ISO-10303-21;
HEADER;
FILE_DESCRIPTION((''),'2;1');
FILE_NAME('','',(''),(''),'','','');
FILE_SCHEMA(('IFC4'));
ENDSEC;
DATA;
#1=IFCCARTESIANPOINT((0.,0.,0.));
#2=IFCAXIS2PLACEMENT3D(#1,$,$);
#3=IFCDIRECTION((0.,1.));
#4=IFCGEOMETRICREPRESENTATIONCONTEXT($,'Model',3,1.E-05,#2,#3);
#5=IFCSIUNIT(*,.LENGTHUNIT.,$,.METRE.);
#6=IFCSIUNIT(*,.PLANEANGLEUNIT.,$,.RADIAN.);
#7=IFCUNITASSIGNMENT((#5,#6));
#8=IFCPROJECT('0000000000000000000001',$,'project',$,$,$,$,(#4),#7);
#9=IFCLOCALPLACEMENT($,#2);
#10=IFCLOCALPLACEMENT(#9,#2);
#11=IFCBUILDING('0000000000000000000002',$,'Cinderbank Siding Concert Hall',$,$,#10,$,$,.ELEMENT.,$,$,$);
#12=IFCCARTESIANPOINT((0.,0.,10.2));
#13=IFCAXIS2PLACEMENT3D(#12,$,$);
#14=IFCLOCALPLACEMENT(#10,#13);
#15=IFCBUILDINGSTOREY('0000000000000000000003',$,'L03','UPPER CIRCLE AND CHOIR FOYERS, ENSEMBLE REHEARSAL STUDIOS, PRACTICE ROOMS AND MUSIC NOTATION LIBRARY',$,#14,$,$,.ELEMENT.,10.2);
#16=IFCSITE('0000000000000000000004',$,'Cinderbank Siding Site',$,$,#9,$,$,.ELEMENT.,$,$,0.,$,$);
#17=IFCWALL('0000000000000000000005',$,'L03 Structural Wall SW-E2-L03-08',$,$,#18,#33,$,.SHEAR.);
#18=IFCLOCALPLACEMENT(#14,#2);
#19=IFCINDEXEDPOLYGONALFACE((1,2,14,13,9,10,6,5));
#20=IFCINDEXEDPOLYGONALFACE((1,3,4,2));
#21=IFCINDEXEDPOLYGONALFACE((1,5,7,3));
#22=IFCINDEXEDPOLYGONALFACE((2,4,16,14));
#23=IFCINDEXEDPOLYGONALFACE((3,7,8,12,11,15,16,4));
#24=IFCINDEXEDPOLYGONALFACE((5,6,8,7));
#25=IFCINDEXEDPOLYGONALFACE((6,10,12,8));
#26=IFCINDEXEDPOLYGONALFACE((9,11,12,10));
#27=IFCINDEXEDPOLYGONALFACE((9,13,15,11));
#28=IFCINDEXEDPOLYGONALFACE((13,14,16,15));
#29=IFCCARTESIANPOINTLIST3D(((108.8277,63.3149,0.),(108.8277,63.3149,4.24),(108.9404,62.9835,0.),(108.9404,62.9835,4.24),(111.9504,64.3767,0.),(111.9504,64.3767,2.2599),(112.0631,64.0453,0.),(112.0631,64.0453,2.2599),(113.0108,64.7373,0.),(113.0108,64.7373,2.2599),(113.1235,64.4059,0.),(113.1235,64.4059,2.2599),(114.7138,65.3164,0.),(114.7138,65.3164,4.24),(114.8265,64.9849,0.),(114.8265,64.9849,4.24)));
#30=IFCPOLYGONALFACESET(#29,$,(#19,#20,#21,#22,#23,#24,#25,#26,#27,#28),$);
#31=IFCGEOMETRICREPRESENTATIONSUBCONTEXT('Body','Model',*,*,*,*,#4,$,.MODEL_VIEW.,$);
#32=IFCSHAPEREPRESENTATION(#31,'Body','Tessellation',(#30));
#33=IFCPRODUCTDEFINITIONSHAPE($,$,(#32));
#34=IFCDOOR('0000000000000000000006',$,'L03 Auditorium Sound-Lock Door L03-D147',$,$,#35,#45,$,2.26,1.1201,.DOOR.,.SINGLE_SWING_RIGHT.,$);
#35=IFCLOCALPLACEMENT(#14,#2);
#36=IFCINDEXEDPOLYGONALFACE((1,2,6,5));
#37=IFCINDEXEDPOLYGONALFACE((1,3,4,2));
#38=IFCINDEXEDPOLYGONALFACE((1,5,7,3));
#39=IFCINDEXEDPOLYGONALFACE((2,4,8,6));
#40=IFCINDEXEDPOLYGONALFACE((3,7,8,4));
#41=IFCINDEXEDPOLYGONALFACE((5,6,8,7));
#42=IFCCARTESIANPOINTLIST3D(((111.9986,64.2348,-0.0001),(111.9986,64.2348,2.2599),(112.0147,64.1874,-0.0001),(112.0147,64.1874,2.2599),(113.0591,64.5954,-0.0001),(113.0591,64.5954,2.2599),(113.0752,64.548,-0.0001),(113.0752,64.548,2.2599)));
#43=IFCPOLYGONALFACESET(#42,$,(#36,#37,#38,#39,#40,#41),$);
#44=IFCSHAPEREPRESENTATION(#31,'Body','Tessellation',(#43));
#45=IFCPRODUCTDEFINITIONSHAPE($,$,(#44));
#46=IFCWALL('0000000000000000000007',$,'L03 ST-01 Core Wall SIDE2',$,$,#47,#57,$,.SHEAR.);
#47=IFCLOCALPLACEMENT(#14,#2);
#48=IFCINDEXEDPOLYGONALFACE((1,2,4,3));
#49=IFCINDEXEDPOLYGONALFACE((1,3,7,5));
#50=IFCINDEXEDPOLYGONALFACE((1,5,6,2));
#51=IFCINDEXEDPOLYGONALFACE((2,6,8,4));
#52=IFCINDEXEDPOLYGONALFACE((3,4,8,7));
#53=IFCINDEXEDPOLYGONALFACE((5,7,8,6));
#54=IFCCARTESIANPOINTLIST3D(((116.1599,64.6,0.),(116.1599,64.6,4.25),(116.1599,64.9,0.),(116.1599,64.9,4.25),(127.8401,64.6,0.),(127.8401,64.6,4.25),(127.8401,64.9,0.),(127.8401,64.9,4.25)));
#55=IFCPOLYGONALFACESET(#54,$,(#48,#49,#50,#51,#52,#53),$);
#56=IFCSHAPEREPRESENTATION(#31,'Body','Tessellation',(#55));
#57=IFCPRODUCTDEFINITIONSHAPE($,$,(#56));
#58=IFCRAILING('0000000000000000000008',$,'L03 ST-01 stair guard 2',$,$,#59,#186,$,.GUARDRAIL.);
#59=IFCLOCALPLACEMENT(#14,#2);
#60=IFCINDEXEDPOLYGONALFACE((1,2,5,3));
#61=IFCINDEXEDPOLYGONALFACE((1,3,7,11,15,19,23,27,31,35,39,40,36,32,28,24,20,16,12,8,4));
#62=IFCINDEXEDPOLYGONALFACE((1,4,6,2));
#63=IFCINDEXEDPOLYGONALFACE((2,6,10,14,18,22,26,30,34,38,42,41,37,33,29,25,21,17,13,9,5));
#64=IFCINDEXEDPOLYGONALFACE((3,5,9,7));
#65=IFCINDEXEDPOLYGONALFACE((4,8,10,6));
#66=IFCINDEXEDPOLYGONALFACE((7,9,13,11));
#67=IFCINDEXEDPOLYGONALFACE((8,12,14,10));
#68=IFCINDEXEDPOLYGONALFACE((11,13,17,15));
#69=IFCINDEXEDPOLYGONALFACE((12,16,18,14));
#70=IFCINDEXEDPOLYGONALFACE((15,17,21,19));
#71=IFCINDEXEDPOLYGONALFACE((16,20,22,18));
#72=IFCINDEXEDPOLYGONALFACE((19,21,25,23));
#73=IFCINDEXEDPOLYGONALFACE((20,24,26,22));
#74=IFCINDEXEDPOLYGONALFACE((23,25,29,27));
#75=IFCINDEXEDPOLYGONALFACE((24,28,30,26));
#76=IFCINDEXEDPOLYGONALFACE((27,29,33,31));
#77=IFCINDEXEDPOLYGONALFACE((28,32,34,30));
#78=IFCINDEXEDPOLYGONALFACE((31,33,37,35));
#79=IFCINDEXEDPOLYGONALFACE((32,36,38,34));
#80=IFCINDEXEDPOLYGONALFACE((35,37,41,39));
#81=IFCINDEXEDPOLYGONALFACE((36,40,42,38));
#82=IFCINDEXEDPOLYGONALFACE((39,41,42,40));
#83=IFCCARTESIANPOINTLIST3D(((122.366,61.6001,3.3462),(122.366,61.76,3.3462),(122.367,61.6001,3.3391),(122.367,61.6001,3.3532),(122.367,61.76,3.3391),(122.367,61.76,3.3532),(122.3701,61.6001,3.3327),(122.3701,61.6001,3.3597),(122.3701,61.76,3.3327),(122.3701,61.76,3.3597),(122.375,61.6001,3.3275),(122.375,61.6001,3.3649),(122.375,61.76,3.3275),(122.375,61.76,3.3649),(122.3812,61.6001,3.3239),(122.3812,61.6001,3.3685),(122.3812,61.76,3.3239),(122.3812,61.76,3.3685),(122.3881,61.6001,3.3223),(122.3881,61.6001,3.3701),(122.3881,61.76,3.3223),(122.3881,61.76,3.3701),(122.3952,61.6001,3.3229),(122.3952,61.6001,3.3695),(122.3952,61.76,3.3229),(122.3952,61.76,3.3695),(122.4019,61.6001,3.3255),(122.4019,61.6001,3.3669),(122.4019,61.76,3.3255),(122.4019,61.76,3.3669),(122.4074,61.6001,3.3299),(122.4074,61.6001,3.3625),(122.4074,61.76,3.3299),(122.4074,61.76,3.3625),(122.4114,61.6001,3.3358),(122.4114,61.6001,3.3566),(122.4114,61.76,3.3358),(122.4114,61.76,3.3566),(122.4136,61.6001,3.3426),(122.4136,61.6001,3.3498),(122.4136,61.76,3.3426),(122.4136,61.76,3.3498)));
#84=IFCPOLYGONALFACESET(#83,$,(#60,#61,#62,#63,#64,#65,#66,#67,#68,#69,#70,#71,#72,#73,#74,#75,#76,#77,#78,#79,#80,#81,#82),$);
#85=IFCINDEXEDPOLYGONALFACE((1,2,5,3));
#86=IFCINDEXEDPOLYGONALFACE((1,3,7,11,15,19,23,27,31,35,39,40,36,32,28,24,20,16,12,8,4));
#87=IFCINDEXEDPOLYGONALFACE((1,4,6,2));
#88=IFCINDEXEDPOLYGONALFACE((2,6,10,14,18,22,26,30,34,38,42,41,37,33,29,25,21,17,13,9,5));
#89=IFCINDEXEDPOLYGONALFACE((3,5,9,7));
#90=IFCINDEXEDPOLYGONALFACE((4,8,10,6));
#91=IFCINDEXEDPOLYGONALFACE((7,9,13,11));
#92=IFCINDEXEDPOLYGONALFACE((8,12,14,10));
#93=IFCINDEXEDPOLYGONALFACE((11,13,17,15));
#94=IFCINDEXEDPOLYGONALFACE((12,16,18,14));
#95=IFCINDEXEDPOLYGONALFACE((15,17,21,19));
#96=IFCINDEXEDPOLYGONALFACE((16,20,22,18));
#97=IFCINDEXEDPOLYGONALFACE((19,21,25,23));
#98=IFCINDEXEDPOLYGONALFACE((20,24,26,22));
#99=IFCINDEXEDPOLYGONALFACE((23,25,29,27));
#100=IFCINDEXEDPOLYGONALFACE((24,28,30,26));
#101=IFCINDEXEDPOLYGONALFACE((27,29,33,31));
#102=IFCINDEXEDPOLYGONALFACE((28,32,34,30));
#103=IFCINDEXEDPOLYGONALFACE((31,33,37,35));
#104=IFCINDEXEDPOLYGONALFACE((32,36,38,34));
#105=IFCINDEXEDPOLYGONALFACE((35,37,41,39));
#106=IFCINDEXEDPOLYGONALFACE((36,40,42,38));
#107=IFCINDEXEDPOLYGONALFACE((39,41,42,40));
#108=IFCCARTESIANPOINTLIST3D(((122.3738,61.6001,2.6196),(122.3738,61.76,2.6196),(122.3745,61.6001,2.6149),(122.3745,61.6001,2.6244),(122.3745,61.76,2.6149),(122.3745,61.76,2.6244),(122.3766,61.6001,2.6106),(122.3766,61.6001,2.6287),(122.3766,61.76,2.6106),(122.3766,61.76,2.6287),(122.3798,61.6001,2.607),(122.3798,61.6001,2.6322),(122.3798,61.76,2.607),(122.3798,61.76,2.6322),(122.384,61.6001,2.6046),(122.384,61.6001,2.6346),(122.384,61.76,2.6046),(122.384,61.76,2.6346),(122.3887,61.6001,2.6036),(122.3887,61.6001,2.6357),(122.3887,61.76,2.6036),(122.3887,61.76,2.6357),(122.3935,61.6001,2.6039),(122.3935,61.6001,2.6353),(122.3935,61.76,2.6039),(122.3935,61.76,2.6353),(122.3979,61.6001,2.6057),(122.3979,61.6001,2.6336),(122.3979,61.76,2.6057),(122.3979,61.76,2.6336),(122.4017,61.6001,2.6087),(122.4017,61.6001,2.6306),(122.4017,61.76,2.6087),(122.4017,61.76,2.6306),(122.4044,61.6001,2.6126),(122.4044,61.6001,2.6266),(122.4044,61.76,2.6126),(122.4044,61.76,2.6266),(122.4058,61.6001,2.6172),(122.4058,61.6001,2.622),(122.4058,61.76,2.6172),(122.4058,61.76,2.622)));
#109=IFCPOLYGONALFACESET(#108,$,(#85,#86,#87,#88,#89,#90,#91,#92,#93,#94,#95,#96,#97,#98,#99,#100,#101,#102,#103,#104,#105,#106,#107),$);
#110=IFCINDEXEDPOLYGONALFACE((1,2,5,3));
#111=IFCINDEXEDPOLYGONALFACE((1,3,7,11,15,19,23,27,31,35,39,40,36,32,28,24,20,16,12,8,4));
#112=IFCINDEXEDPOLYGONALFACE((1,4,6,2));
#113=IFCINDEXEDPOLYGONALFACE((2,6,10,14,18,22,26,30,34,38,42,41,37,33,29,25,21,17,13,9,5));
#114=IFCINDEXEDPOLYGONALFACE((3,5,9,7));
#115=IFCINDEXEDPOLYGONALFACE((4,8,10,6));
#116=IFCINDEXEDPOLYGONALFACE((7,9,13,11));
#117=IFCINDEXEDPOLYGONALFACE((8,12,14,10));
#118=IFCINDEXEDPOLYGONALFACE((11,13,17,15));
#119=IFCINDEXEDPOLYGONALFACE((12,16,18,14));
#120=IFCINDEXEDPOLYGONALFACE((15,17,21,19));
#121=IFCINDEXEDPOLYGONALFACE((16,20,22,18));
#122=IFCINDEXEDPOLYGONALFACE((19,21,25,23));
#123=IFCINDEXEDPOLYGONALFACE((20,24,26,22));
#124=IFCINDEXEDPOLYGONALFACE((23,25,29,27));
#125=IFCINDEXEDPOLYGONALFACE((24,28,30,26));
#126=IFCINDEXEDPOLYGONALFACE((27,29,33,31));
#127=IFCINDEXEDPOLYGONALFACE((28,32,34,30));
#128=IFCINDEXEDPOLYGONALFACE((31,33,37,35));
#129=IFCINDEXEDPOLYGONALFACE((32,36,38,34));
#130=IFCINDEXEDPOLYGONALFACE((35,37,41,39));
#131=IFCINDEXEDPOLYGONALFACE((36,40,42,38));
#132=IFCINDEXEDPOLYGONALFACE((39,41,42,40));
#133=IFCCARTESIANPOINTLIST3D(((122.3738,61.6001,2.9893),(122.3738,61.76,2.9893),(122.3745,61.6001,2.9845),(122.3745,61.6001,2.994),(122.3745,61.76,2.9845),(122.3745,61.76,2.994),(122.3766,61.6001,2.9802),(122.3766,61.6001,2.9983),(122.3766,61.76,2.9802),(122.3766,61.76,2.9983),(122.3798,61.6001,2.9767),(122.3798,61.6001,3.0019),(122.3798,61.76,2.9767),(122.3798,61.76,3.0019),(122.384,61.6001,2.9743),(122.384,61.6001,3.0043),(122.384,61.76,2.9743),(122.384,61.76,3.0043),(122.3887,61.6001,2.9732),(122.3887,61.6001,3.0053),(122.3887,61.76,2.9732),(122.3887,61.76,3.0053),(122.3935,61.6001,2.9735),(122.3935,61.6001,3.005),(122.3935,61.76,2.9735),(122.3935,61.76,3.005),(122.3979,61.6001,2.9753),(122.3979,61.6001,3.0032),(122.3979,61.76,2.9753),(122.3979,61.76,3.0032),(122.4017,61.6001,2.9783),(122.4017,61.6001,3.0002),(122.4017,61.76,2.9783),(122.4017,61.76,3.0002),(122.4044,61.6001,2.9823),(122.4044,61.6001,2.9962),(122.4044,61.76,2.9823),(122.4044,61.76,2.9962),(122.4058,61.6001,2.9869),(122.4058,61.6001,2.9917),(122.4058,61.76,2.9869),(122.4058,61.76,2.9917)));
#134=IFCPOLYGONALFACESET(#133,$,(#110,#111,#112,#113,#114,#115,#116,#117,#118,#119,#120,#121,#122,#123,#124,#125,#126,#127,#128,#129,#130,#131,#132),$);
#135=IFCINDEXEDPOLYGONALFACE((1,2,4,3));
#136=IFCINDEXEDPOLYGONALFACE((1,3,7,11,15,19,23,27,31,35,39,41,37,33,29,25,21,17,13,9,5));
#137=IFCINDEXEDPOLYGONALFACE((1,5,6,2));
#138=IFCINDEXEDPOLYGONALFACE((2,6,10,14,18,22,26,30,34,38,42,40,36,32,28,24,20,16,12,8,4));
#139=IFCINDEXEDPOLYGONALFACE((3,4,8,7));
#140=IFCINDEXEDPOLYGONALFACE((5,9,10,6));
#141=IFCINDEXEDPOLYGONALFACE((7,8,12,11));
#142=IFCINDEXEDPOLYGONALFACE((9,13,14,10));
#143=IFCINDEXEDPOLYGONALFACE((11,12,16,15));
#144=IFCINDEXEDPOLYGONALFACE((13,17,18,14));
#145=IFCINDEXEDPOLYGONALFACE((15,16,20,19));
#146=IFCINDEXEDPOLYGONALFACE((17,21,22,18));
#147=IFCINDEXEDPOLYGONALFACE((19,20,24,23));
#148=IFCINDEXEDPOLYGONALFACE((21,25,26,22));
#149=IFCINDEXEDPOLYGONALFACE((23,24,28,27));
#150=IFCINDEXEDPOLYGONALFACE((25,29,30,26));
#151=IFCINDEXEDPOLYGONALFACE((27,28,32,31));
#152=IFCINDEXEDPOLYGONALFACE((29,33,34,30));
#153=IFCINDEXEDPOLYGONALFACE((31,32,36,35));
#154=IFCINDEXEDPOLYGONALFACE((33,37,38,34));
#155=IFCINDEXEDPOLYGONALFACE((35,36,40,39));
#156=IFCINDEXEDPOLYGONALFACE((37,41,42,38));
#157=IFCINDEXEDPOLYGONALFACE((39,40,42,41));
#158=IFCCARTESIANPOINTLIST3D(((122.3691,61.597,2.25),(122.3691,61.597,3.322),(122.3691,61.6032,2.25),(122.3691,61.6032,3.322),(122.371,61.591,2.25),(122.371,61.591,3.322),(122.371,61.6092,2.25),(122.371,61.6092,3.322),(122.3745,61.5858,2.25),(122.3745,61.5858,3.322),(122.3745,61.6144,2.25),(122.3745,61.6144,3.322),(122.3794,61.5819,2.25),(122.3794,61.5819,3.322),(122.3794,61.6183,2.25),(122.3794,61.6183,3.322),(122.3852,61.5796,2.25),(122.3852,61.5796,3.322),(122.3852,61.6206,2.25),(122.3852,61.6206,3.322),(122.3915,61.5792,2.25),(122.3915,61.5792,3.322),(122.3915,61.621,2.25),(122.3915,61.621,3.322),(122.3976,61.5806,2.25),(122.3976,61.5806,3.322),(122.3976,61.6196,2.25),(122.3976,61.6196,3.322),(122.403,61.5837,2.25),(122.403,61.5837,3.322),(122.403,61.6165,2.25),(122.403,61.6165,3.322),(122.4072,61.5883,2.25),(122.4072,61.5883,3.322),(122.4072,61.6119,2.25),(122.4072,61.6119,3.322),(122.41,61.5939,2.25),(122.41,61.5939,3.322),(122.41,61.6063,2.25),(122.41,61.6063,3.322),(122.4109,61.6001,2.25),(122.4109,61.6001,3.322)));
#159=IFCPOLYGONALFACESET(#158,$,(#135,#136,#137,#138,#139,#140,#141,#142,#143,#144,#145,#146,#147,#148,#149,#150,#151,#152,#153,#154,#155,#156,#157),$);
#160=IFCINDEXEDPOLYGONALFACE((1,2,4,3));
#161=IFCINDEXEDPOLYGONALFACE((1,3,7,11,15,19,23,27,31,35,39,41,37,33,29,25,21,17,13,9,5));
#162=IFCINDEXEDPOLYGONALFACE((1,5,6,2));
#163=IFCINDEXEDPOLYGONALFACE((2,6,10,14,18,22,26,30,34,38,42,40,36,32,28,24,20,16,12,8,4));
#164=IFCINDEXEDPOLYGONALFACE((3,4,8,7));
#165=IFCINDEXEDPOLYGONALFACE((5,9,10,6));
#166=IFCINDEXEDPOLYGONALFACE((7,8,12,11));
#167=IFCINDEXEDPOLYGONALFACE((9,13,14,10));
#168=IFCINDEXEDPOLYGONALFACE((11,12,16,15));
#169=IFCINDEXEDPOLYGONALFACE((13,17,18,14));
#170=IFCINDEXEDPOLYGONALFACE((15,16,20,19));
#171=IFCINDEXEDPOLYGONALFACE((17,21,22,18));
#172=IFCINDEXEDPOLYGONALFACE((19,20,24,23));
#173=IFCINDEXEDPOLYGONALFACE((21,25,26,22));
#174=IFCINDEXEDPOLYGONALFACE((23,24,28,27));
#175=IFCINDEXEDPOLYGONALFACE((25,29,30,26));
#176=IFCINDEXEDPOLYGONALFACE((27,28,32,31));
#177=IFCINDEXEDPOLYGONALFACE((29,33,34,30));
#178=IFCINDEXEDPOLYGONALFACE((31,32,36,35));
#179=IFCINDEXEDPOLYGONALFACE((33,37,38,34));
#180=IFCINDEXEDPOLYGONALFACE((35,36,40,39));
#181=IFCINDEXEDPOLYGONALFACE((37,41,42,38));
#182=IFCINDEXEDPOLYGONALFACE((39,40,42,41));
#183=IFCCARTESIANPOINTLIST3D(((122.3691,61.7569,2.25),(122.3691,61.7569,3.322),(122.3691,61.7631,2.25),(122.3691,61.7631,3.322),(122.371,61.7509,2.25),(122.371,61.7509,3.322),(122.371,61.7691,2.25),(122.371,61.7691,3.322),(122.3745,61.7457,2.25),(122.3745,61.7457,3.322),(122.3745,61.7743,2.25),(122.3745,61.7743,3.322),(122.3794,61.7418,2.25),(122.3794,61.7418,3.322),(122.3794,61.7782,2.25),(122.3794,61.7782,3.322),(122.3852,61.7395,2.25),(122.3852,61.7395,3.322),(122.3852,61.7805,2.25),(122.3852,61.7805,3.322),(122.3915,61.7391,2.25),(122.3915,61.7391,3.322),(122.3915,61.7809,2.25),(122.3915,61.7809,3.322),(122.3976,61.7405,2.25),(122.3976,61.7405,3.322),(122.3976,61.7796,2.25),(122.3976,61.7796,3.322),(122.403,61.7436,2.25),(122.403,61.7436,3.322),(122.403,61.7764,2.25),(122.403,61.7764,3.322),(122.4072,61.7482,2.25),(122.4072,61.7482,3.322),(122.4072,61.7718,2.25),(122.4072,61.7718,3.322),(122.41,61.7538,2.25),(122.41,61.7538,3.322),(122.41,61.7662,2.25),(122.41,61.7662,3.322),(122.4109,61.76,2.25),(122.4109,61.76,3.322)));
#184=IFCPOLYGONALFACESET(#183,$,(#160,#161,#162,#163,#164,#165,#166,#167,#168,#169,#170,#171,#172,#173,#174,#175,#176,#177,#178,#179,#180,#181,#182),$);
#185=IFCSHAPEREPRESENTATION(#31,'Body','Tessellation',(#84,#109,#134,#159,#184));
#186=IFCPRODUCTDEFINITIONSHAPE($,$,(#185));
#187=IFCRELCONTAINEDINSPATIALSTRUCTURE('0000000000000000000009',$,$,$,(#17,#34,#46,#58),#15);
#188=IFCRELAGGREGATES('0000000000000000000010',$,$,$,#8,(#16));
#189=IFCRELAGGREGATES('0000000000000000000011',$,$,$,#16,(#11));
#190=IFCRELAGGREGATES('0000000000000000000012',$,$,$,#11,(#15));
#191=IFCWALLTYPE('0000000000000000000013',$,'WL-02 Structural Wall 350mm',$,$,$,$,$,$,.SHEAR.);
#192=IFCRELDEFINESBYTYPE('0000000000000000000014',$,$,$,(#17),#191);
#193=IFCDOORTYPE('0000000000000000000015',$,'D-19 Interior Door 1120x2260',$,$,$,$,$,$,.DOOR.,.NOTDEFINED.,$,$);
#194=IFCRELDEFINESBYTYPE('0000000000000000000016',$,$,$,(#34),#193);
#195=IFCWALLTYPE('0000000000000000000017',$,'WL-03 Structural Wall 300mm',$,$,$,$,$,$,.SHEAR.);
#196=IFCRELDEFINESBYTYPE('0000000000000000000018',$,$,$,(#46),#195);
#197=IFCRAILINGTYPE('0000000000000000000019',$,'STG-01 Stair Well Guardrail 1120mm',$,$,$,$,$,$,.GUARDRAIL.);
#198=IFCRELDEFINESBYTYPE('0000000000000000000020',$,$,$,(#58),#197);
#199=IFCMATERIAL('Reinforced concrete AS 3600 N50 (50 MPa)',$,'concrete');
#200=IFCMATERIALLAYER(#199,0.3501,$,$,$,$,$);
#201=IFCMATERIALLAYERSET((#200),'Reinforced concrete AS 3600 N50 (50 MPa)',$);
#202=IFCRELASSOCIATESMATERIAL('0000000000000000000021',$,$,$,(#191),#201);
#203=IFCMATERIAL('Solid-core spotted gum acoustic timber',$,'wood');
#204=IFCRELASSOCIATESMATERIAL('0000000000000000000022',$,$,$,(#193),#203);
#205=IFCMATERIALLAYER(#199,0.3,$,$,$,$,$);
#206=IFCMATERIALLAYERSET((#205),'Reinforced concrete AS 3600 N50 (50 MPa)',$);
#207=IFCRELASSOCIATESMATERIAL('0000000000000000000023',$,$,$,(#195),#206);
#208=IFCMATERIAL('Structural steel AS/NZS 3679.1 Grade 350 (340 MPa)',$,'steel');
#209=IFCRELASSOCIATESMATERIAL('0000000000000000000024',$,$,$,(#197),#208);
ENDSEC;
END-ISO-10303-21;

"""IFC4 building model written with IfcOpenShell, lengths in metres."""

from ifc_helpers import new_model, si_unit, direction, frame, frame_2d, origin, origin_2d, place, context, subcontext, project, spatial, rectangle, circle, extrude, material, layer, layer_set, type_object, element, fill, save


model = new_model("IFC4")

# Units and contexts
model_context = context("Model", 3, precision=1e-05, world=origin(), true_north=direction((0.0, 1.0)))
body_context = subcontext(model_context, "Body", "Model", "MODEL_VIEW")
ifc_project = project(units=[si_unit("LENGTHUNIT", "METRE"), si_unit("PLANEANGLEUNIT", "RADIAN")], contexts=[model_context])

# Site, building, storey
site_placement = place(None, origin())
site = spatial("IfcSite", under=ifc_project, at=site_placement, Name="Cinderbank Siding Site", CompositionType="ELEMENT", RefElevation=0.0)
building_placement = place(site_placement, origin())
building = spatial("IfcBuilding", under=site, at=building_placement, Name="Cinderbank Siding Concert Hall", CompositionType="ELEMENT")
storey_placement = place(building_placement, frame((0.0, 0.0, 10.2)))
storey = spatial("IfcBuildingStorey", under=building, at=storey_placement, Name="L03", Description="UPPER CIRCLE AND CHOIR FOYERS, ENSEMBLE REHEARSAL STUDIOS, PRACTICE ROOMS AND MUSIC NOTATION LIBRARY", CompositionType="ELEMENT", Elevation=10.2)

# Shared definitions
ifc_material_1 = material(Name="Reinforced concrete AS 3600 N50 (50 MPa)", Category="concrete")

# Shared definitions
ifc_material_2 = material(Name="Structural steel AS/NZS 3679.1 Grade 350 (340 MPa)", Category="steel")

# Shared definitions
ifc_layer_1 = layer(ifc_material_1, 0.3501)
ifc_layer_set_1 = layer_set([ifc_layer_1], Name="Reinforced concrete AS 3600 N50 (50 MPa)")
wall_type_1 = type_object("IfcWallType", Name="WL-02 Structural Wall 350mm", PredefinedType="SHEAR", material=ifc_layer_set_1)

# Wall, opening, door
wall_1_placement = place(storey_placement, frame((114.77, 65.1506, 0.0), z_axis=(0.0, 0.0, 1.0), x_axis=(-0.946761, -0.321936, 0.0)))
wall_1 = element("IfcWall", 1, at=wall_1_placement, inside=storey, type_object=wall_type_1, Name="L03 Structural Wall SW-E2-L03-08", PredefinedType="SHEAR", context=body_context, shape_type="SweptSolid", body=[
    extrude(rectangle(XDim=6.217, YDim=0.3501, at=frame_2d((3.1084, 0.0))), origin(), (0.0, 0.0, 1.0), 4.24),
])
opening_1_placement = place(wall_1_placement, frame((1.7986, 0.0, 0.0)))
opening_1 = element("IfcOpeningElement", 2, at=opening_1_placement, cuts=wall_1, PredefinedType="OPENING", context=body_context, shape_type="SweptSolid", body=[
    extrude(rectangle(XDim=1.1201, YDim=2.26, at=frame_2d((0.5601, 1.1299))), frame((0.0, 0.187, 0.0), z_axis=(0.0, -1.0, 0.0), x_axis=(1.0, 0.0, 0.0)), (0.0, 0.0, 1.0), 0.374),
])
ifc_material_3 = material(Name="Solid-core spotted gum acoustic timber", Category="wood")
door_type_1 = type_object("IfcDoorType", Name="D-19 Interior Door 1120x2260", OperationType="NOTDEFINED", PredefinedType="DOOR", material=ifc_material_3)
door_1_placement = place(opening_1_placement, origin())
door_1 = element("IfcDoor", 3, at=door_1_placement, inside=storey, type_object=door_type_1, Name="L03 Auditorium Sound-Lock Door L03-D147", OperationType="SINGLE_SWING_RIGHT", OverallHeight=2.26, OverallWidth=1.1201, PredefinedType="DOOR", context=body_context, shape_type="SweptSolid", body=[
    extrude(rectangle(XDim=1.1201, YDim=2.26, at=frame_2d((0.5601, 1.1299))), frame((0.0, 0.0249, 0.0), z_axis=(0.0, -1.0, 0.0), x_axis=(1.0, 0.0, 0.0)), (0.0, 0.0, 1.0), 0.05),
])
fill(opening_1, door_1)

# Wall
ifc_layer_2 = layer(ifc_material_1, 0.3)
ifc_layer_set_2 = layer_set([ifc_layer_2], Name="Reinforced concrete AS 3600 N50 (50 MPa)")
wall_type_2 = type_object("IfcWallType", Name="WL-03 Structural Wall 300mm", PredefinedType="SHEAR", material=ifc_layer_set_2)
wall_2_placement = place(storey_placement, frame((116.1599, 64.75, 0.0), z_axis=(0.0, 0.0, 1.0), x_axis=(1.0, 0.0, 0.0)))
element("IfcWall", 4, at=wall_2_placement, inside=storey, type_object=wall_type_2, Name="L03 ST-01 Core Wall SIDE2", PredefinedType="SHEAR", context=body_context, shape_type="SweptSolid", body=[
    extrude(rectangle(XDim=11.6802, YDim=0.3, at=frame_2d((5.8401, 0.0))), origin(), (0.0, 0.0, 1.0), 4.25),
])

# Railing
railing_type_1 = type_object("IfcRailingType", Name="STG-01 Stair Well Guardrail 1120mm", PredefinedType="GUARDRAIL", material=ifc_material_2)
railing_1_placement = place(storey_placement, frame((122.3899, 61.6001, 2.25)))
element("IfcRailing", 5, at=railing_1_placement, inside=storey, type_object=railing_type_1, Name="L03 ST-01 stair guard 2", PredefinedType="GUARDRAIL", context=body_context, shape_type="SweptSolid", body=[
    extrude(circle(Radius=0.0239, at=origin_2d()), frame((0.0, 0.0, 1.0962), z_axis=(0.0, 1.0, 0.0), x_axis=(-1.0, 0.0, 0.0)), (0.0, 0.0, 1.0), 0.1599),
    extrude(circle(Radius=0.0161, at=origin_2d()), frame((0.0, 0.0, 0.3696), z_axis=(0.0, 1.0, 0.0), x_axis=(-1.0, 0.0, 0.0)), (0.0, 0.0, 1.0), 0.1599),
    extrude(circle(Radius=0.0161, at=origin_2d()), frame((0.0, 0.0, 0.7393), z_axis=(0.0, 1.0, 0.0), x_axis=(-1.0, 0.0, 0.0)), (0.0, 0.0, 1.0), 0.1599),
    extrude(circle(Radius=0.021, at=origin_2d()), origin(), (0.0, 0.0, 1.0), 1.072),
    extrude(circle(Radius=0.021, at=origin_2d()), frame((0.0, 0.1599, 0.0)), (0.0, 0.0, 1.0), 1.072),
])

save(model, "model.ifc")
